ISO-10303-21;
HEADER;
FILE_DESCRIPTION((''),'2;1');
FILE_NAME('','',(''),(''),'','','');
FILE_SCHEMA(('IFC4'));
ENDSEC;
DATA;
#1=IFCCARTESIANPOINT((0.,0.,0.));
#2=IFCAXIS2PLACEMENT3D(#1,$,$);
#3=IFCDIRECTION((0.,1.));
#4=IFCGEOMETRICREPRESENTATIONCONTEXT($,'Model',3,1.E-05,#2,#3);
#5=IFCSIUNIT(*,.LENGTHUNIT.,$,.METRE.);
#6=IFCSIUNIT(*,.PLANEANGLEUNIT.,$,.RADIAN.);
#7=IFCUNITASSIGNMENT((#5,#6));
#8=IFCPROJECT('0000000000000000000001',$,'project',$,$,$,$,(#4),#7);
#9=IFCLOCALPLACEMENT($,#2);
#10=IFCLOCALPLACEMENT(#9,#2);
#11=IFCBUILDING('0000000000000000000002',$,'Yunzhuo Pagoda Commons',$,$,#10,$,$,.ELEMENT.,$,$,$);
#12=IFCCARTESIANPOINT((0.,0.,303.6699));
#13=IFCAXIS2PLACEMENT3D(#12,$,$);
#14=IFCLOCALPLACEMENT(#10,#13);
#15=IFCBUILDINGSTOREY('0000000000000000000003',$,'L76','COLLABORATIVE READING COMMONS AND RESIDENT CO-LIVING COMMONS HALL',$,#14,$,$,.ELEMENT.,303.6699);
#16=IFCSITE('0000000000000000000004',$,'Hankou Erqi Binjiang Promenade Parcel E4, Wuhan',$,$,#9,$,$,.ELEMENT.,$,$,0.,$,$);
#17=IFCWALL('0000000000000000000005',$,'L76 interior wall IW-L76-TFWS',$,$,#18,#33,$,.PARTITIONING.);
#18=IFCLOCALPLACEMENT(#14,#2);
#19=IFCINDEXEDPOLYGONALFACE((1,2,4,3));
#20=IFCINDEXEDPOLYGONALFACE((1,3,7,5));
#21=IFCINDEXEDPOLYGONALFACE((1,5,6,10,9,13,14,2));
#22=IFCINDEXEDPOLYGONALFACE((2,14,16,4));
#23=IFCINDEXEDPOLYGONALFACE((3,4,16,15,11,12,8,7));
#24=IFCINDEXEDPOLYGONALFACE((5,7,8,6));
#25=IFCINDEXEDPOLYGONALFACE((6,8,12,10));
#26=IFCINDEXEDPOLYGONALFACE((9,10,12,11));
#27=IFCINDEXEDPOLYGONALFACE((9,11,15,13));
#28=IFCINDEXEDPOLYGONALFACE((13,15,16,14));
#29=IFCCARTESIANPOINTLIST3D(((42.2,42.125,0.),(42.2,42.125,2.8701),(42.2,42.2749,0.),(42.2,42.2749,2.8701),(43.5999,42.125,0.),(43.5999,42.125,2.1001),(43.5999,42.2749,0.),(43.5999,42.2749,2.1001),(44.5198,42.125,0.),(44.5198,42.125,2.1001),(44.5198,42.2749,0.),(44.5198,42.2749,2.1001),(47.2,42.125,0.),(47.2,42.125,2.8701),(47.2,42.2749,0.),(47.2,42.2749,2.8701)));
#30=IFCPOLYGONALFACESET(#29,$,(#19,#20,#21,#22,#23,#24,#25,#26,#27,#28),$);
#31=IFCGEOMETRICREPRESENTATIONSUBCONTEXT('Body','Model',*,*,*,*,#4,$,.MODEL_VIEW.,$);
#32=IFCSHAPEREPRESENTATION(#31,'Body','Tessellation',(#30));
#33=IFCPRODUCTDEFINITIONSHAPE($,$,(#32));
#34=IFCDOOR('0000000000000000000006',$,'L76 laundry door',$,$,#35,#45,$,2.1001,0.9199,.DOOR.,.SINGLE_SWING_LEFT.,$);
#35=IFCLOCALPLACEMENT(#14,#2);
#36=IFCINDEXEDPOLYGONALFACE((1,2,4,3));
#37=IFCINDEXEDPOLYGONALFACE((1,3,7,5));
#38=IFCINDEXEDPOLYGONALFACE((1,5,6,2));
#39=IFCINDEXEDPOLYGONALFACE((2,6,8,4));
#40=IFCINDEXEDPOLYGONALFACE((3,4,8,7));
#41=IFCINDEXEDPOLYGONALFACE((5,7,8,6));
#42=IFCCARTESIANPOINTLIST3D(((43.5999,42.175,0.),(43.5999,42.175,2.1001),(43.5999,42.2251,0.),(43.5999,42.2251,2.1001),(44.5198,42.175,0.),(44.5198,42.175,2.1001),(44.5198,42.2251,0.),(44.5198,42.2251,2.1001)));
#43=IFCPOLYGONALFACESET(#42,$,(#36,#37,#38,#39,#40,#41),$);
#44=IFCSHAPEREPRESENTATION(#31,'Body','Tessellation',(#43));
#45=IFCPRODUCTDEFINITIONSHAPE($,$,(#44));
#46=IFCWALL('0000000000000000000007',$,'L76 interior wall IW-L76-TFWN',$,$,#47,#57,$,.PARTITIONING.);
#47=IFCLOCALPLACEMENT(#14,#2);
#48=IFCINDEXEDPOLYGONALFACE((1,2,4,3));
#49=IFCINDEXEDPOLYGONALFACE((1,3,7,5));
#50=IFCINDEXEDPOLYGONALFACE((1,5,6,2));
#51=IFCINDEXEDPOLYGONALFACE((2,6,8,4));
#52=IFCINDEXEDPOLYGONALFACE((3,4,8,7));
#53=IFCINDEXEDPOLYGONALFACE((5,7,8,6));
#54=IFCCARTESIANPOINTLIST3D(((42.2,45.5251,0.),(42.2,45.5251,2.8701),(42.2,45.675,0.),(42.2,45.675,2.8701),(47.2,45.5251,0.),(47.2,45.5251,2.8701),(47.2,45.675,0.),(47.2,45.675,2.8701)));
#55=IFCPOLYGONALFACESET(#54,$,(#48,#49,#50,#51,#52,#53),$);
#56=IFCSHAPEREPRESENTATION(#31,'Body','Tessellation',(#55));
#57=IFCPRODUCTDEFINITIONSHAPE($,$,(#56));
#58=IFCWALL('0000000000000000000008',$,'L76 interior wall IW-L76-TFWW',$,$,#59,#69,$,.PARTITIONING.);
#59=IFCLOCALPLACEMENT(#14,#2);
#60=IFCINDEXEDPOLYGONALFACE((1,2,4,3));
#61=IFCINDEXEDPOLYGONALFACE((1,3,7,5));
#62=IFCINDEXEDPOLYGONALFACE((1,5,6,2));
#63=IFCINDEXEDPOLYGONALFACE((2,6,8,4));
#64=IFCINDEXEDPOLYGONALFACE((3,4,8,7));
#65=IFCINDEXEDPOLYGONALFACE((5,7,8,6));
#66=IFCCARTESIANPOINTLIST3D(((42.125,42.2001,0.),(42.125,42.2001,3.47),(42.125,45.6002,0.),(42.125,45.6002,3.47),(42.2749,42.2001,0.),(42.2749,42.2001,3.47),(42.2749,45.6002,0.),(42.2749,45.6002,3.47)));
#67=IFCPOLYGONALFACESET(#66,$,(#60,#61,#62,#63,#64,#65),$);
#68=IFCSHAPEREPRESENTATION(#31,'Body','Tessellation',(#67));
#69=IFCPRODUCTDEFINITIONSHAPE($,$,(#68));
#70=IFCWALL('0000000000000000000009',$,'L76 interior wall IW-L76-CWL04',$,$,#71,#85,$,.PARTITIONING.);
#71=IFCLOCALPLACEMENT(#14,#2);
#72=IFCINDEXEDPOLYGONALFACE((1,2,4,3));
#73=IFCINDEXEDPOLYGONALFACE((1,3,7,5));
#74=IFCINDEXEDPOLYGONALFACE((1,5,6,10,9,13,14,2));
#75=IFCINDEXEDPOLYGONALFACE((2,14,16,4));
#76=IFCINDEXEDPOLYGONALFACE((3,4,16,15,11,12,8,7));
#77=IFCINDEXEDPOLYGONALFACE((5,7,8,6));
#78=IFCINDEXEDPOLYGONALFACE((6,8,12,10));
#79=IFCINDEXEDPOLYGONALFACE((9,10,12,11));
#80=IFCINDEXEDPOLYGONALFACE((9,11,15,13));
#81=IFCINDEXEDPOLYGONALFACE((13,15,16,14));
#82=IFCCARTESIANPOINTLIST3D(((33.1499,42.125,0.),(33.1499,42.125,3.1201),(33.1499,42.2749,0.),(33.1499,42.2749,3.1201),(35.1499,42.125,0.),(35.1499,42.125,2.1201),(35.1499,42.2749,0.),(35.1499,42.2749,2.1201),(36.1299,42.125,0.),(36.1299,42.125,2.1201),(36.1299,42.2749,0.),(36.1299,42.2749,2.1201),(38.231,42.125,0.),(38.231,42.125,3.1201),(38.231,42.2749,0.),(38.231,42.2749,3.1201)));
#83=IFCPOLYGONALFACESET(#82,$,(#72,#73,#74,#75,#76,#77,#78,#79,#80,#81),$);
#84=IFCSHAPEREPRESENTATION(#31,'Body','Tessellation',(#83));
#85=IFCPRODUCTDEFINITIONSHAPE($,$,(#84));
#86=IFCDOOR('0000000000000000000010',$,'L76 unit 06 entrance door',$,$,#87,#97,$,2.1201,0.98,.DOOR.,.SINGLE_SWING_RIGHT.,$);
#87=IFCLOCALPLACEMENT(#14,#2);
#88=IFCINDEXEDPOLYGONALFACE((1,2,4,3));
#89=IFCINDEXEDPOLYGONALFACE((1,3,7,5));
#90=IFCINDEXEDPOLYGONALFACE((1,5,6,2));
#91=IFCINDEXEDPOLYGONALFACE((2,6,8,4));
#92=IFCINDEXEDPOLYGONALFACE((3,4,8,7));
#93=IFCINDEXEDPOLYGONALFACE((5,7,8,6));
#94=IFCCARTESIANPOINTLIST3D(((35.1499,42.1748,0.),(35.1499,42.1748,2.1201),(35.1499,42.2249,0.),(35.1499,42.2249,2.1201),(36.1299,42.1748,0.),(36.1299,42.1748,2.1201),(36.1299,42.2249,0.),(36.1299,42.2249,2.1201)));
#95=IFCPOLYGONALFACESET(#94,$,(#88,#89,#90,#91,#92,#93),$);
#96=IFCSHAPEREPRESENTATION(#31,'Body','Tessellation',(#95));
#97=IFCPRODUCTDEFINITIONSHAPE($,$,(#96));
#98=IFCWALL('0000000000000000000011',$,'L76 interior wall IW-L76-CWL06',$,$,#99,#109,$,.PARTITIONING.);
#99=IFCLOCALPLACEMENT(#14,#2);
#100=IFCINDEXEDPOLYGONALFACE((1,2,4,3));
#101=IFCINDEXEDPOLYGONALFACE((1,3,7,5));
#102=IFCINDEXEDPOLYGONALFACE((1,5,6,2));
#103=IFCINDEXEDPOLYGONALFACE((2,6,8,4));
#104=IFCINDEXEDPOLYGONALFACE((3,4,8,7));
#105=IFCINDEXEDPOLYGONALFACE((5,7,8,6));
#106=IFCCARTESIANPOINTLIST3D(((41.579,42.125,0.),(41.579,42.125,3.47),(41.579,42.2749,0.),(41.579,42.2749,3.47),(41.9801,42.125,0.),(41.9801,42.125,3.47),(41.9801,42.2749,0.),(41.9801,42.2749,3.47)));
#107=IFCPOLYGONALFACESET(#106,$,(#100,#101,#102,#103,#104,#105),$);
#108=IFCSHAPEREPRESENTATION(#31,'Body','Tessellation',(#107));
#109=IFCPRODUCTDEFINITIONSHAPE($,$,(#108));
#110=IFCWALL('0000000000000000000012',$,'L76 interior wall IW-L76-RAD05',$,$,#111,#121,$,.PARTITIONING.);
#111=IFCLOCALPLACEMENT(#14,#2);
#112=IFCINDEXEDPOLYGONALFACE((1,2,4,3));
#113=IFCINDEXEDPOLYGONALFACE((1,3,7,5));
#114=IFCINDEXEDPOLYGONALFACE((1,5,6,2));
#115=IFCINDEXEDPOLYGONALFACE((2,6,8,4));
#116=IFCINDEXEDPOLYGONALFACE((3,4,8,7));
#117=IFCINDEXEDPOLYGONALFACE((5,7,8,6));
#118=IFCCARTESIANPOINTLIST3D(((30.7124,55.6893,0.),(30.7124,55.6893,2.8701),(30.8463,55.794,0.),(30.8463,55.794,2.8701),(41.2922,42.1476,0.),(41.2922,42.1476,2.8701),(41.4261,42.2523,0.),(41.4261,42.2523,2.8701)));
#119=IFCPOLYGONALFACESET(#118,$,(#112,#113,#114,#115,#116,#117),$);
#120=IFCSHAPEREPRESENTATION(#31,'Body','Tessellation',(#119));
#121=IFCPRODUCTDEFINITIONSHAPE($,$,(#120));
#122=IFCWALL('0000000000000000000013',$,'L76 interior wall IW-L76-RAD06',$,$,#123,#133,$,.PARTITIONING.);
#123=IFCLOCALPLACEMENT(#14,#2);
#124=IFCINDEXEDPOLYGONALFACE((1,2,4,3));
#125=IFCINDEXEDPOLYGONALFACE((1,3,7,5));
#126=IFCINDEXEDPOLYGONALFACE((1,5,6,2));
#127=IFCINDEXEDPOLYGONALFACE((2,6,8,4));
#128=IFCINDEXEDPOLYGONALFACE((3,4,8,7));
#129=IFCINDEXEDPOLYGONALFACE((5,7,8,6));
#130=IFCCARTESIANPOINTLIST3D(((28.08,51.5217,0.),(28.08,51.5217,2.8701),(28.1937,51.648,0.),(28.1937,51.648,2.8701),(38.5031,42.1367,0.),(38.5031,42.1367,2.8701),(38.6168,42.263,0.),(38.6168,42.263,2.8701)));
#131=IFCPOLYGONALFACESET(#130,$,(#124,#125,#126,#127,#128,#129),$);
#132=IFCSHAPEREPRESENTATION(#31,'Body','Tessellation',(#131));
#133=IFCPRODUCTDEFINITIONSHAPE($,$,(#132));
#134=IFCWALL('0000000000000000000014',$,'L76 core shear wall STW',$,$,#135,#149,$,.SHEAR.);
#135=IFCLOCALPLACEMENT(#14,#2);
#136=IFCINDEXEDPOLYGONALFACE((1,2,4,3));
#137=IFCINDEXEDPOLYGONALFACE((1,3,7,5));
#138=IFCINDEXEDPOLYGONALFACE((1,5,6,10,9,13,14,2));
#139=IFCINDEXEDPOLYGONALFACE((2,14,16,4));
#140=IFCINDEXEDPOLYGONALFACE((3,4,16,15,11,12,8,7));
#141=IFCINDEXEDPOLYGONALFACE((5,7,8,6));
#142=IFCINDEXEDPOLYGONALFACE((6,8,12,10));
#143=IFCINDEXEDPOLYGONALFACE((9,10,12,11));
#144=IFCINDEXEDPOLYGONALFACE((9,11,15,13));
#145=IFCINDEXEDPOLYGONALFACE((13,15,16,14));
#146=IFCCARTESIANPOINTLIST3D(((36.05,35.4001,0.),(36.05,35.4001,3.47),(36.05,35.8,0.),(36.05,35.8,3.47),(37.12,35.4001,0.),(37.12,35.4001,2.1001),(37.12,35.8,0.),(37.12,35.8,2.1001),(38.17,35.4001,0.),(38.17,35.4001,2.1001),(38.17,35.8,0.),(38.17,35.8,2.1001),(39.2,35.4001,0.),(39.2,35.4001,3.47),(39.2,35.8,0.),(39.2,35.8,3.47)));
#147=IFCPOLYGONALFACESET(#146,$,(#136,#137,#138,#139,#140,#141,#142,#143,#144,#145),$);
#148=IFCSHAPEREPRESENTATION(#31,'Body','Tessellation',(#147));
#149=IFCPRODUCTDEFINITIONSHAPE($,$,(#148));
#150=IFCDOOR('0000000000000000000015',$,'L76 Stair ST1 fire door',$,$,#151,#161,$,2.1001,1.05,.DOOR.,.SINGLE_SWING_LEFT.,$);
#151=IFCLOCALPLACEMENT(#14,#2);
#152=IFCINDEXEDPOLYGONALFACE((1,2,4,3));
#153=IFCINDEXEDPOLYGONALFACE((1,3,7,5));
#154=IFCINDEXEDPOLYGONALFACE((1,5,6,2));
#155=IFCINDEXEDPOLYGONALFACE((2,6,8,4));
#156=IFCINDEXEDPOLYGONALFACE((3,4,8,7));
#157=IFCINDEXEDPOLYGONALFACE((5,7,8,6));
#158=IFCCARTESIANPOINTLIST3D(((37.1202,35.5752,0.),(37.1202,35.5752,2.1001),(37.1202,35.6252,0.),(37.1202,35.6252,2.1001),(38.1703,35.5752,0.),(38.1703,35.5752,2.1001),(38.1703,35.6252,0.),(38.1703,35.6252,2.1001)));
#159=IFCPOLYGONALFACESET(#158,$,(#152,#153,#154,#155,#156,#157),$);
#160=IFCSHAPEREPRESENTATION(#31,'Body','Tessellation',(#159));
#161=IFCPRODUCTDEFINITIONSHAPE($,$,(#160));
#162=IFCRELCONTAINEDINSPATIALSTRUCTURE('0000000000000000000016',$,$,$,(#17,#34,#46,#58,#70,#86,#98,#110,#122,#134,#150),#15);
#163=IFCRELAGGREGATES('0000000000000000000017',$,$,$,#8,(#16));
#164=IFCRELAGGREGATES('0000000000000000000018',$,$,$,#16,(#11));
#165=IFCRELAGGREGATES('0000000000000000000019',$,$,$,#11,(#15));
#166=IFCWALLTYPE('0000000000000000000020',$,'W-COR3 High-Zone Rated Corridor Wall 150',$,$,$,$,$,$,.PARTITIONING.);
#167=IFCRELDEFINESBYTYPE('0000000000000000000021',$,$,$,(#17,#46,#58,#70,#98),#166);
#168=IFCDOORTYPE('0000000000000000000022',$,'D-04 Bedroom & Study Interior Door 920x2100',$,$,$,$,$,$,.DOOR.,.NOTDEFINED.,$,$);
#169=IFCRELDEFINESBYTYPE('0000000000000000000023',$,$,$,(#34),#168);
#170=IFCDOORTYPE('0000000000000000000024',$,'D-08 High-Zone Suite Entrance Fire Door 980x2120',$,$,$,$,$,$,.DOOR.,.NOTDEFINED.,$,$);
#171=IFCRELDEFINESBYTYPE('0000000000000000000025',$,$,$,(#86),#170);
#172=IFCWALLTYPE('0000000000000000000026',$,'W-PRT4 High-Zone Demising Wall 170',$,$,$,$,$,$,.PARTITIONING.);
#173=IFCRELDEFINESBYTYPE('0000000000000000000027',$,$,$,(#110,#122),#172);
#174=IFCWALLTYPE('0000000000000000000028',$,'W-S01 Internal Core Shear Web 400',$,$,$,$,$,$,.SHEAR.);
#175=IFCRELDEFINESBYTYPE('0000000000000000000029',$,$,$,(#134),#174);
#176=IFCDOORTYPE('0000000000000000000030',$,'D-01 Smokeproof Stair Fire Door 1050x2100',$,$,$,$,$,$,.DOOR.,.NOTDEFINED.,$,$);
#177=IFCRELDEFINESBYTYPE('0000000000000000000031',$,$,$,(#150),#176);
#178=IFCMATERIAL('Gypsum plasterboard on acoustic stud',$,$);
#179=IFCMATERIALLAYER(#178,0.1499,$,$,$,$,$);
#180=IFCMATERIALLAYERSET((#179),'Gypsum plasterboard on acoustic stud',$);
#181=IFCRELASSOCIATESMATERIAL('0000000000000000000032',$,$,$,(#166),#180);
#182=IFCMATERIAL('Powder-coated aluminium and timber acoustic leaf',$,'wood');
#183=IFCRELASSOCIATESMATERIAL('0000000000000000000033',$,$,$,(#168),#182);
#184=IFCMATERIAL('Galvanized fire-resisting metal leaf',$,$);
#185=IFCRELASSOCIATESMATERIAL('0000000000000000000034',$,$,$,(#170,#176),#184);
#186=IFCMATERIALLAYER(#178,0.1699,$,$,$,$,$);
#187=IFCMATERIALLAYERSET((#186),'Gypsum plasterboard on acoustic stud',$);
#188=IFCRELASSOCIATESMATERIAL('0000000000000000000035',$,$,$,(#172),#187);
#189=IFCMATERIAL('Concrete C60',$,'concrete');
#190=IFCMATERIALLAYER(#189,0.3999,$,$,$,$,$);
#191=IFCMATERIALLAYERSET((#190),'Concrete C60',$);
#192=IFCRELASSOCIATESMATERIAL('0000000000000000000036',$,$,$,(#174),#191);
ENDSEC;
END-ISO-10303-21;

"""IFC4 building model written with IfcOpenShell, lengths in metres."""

from ifc_helpers import new_model, si_unit, direction, frame, frame_2d, origin, origin_with_axes, place, context, subcontext, project, spatial, rectangle, extrude, source, transform, mapped, material, layer, layer_set, type_object, element, fill, save


model = new_model("IFC4")

# Units and contexts
model_context = context("Model", 3, precision=1e-05, world=origin(), true_north=direction((0.0, 1.0)))
body_context = subcontext(model_context, "Body", "Model", "MODEL_VIEW")
ifc_project = project(units=[si_unit("LENGTHUNIT", "METRE"), si_unit("PLANEANGLEUNIT", "RADIAN")], contexts=[model_context])

# Site, building, storey
site_placement = place(None, origin())
site = spatial("IfcSite", under=ifc_project, at=site_placement, Name="Hankou Erqi Binjiang Promenade Parcel E4, Wuhan", CompositionType="ELEMENT", RefElevation=0.0)
building_placement = place(site_placement, origin())
building = spatial("IfcBuilding", under=site, at=building_placement, Name="Yunzhuo Pagoda Commons", CompositionType="ELEMENT")
storey_placement = place(building_placement, frame((0.0, 0.0, 303.6699)))
storey = spatial("IfcBuildingStorey", under=building, at=storey_placement, Name="L76", Description="COLLABORATIVE READING COMMONS AND RESIDENT CO-LIVING COMMONS HALL", CompositionType="ELEMENT", Elevation=303.6699)

# Wall, opening, door
ifc_material_1 = material(Name="Galvanized fire-resisting metal leaf")
shared_shape_1 = source(origin(), body_context, "Body", "SweptSolid", [
    extrude(rectangle(XDim=1.05, YDim=2.1001, at=frame_2d((0.5249, 1.05))), frame((0.0, 0.0249, 0.0), z_axis=(0.0, -1.0, 0.0), x_axis=(1.0, 0.0, 0.0)), (0.0, 0.0, 1.0), 0.05),
])
ifc_material_2 = material(Name="Gypsum plasterboard on acoustic stud")
ifc_layer_1 = layer(ifc_material_2, 0.1499)
ifc_layer_set_1 = layer_set([ifc_layer_1], Name="Gypsum plasterboard on acoustic stud")
wall_type_1 = type_object("IfcWallType", Name="W-COR3 High-Zone Rated Corridor Wall 150", PredefinedType="PARTITIONING", material=ifc_layer_set_1)
wall_1_placement = place(storey_placement, frame((42.2, 42.2, 0.0), z_axis=(0.0, 0.0, 1.0), x_axis=(1.0, 0.0, 0.0)))
wall_1 = element("IfcWall", 1, at=wall_1_placement, inside=storey, type_object=wall_type_1, Name="L76 interior wall IW-L76-TFWS", PredefinedType="PARTITIONING", context=body_context, shape_type="SweptSolid", body=[
    extrude(rectangle(XDim=5.0, YDim=0.1499, at=frame_2d((2.5, 0.0))), origin(), (0.0, 0.0, 1.0), 2.8701),
])
opening_1_placement = place(wall_1_placement, frame((1.3999, 0.0, 0.0)))
opening_1 = element("IfcOpeningElement", 2, at=opening_1_placement, cuts=wall_1, PredefinedType="OPENING", context=body_context, shape_type="SweptSolid", body=[
    extrude(rectangle(XDim=0.9199, YDim=2.1001, at=frame_2d((0.46, 1.05))), frame((0.0, 0.085, 0.0), z_axis=(0.0, -1.0, 0.0), x_axis=(1.0, 0.0, 0.0)), (0.0, 0.0, 1.0), 0.1699),
])
ifc_material_3 = material(Name="Powder-coated aluminium and timber acoustic leaf", Category="wood")
door_type_1 = type_object("IfcDoorType", Name="D-04 Bedroom & Study Interior Door 920x2100", OperationType="NOTDEFINED", PredefinedType="DOOR", material=ifc_material_3)
shared_shape_2 = source(origin(), body_context, "Body", "SweptSolid", [
    extrude(rectangle(XDim=0.9199, YDim=2.1001, at=frame_2d((0.46, 1.05))), frame((0.0, 0.0249, 0.0), z_axis=(0.0, -1.0, 0.0), x_axis=(1.0, 0.0, 0.0)), (0.0, 0.0, 1.0), 0.05),
])
door_1_placement = place(opening_1_placement, frame((0.9199, 0.0, 0.0), z_axis=(0.0, 0.0, 1.0), x_axis=(-1.0, 0.0, 0.0)))
door_1 = element("IfcDoor", 3, at=door_1_placement, inside=storey, type_object=door_type_1, Name="L76 laundry door", OperationType="SINGLE_SWING_LEFT", OverallHeight=2.1001, OverallWidth=0.9199, PredefinedType="DOOR", context=body_context, shape_type="MappedRepresentation", body=[
    mapped(shared_shape_2, transform((0.0, 0.0, 0.0), scale=1.0)),
])
fill(opening_1, door_1)

# Walls
wall_2_placement = place(storey_placement, frame((42.2, 45.6001, 0.0), z_axis=(0.0, 0.0, 1.0), x_axis=(1.0, 0.0, 0.0)))
element("IfcWall", 4, at=wall_2_placement, inside=storey, type_object=wall_type_1, Name="L76 interior wall IW-L76-TFWN", PredefinedType="PARTITIONING", context=body_context, shape_type="SweptSolid", body=[
    extrude(rectangle(XDim=5.0, YDim=0.1499, at=frame_2d((2.5, 0.0))), origin(), (0.0, 0.0, 1.0), 2.8701),
])
wall_3_placement = place(storey_placement, frame((42.2, 42.2, 0.0), z_axis=(0.0, 0.0, 1.0), x_axis=(0.0, 1.0, 0.0)))
element("IfcWall", 5, at=wall_3_placement, inside=storey, type_object=wall_type_1, Name="L76 interior wall IW-L76-TFWW", PredefinedType="PARTITIONING", context=body_context, shape_type="SweptSolid", body=[
    extrude(rectangle(XDim=3.4001, YDim=0.1499, at=frame_2d((1.7002, 0.0))), origin(), (0.0, 0.0, 1.0), 3.47),
])

# Wall, opening, door
wall_4_placement = place(storey_placement, frame((33.1499, 42.2, 0.0), z_axis=(0.0, 0.0, 1.0), x_axis=(1.0, 0.0, 0.0)))
wall_4 = element("IfcWall", 6, at=wall_4_placement, inside=storey, type_object=wall_type_1, Name="L76 interior wall IW-L76-CWL04", PredefinedType="PARTITIONING", context=body_context, shape_type="SweptSolid", body=[
    extrude(rectangle(XDim=5.0811, YDim=0.1499, at=frame_2d((2.5405, 0.0))), origin(), (0.0, 0.0, 1.0), 3.1201),
])
opening_2_placement = place(wall_4_placement, frame((2.0, 0.0, 0.0)))
opening_2 = element("IfcOpeningElement", 7, at=opening_2_placement, cuts=wall_4, PredefinedType="OPENING", context=body_context, shape_type="SweptSolid", body=[
    extrude(rectangle(XDim=0.98, YDim=2.1201, at=frame_2d((0.49, 1.0601))), frame((0.0, 0.085, 0.0), z_axis=(0.0, -1.0, 0.0), x_axis=(1.0, 0.0, 0.0)), (0.0, 0.0, 1.0), 0.1699),
])
door_type_2 = type_object("IfcDoorType", Name="D-08 High-Zone Suite Entrance Fire Door 980x2120", OperationType="NOTDEFINED", PredefinedType="DOOR", material=ifc_material_1)
shared_shape_3 = source(origin(), body_context, "Body", "SweptSolid", [
    extrude(rectangle(XDim=0.98, YDim=2.1201, at=frame_2d((0.49, 1.0601))), frame((0.0, 0.0249, 0.0), z_axis=(0.0, -1.0, 0.0), x_axis=(1.0, 0.0, 0.0)), (0.0, 0.0, 1.0), 0.05),
])
door_2_placement = place(opening_2_placement, origin_with_axes())
door_2 = element("IfcDoor", 8, at=door_2_placement, inside=storey, type_object=door_type_2, Name="L76 unit 06 entrance door", OperationType="SINGLE_SWING_RIGHT", OverallHeight=2.1201, OverallWidth=0.98, PredefinedType="DOOR", context=body_context, shape_type="MappedRepresentation", body=[
    mapped(shared_shape_3, transform((0.0, 0.0, 0.0), scale=1.0)),
])
fill(opening_2, door_2)

# Walls
wall_5_placement = place(storey_placement, frame((41.5789, 42.2, 0.0), z_axis=(0.0, 0.0, 1.0), x_axis=(1.0, 0.0, 0.0)))
element("IfcWall", 9, at=wall_5_placement, inside=storey, type_object=wall_type_1, Name="L76 interior wall IW-L76-CWL06", PredefinedType="PARTITIONING", context=body_context, shape_type="SweptSolid", body=[
    extrude(rectangle(XDim=0.4011, YDim=0.1499, at=frame_2d((0.2007, 0.0))), origin(), (0.0, 0.0, 1.0), 3.47),
])
ifc_layer_2 = layer(ifc_material_2, 0.1699)
ifc_layer_set_2 = layer_set([ifc_layer_2], Name="Gypsum plasterboard on acoustic stud")
wall_type_2 = type_object("IfcWallType", Name="W-PRT4 High-Zone Demising Wall 170", PredefinedType="PARTITIONING", material=ifc_layer_set_2)
wall_6_placement = place(storey_placement, frame((41.3591, 42.2, 0.0), z_axis=(0.0, 0.0, 1.0), x_axis=(-0.615656, 0.788015, 0.0)))
element("IfcWall", 10, at=wall_6_placement, inside=storey, type_object=wall_type_2, Name="L76 interior wall IW-L76-RAD05", PredefinedType="PARTITIONING", context=body_context, shape_type="SweptSolid", body=[
    extrude(rectangle(XDim=17.1846, YDim=0.1699, at=frame_2d((8.5923, 0.0))), origin(), (0.0, 0.0, 1.0), 2.8701),
])
wall_7_placement = place(storey_placement, frame((38.5598, 42.2, 0.0), z_axis=(0.0, 0.0, 1.0), x_axis=(-0.743144, 0.669131, 0.0)))
element("IfcWall", 11, at=wall_7_placement, inside=storey, type_object=wall_type_2, Name="L76 interior wall IW-L76-RAD06", PredefinedType="PARTITIONING", context=body_context, shape_type="SweptSolid", body=[
    extrude(rectangle(XDim=14.0256, YDim=0.1699, at=frame_2d((7.0127, 0.0))), origin(), (0.0, 0.0, 1.0), 2.8701),
])

# Wall, opening, door
ifc_material_4 = material(Name="Concrete C60", Category="concrete")
ifc_layer_3 = layer(ifc_material_4, 0.3999)
ifc_layer_set_3 = layer_set([ifc_layer_3], Name="Concrete C60")
wall_type_3 = type_object("IfcWallType", Name="W-S01 Internal Core Shear Web 400", PredefinedType="SHEAR", material=ifc_layer_set_3)
wall_8_placement = place(storey_placement, frame((36.05, 35.6001, 0.0), z_axis=(0.0, 0.0, 1.0), x_axis=(1.0, 0.0, 0.0)))
wall_8 = element("IfcWall", 12, at=wall_8_placement, inside=storey, type_object=wall_type_3, Name="L76 core shear wall STW", PredefinedType="SHEAR", context=body_context, shape_type="SweptSolid", body=[
    extrude(rectangle(XDim=3.1499, YDim=0.3999, at=frame_2d((1.575, 0.0))), origin(), (0.0, 0.0, 1.0), 3.47),
])
opening_3_placement = place(wall_8_placement, frame((1.0701, 0.0, 0.0)))
opening_3 = element("IfcOpeningElement", 13, at=opening_3_placement, cuts=wall_8, PredefinedType="OPENING", context=body_context, shape_type="SweptSolid", body=[
    extrude(rectangle(XDim=1.05, YDim=2.1001, at=frame_2d((0.5249, 1.05))), frame((0.0, 0.21, 0.0), z_axis=(0.0, -1.0, 0.0), x_axis=(1.0, 0.0, 0.0)), (0.0, 0.0, 1.0), 0.4199),
])
door_type_3 = type_object("IfcDoorType", Name="D-01 Smokeproof Stair Fire Door 1050x2100", OperationType="NOTDEFINED", PredefinedType="DOOR", material=ifc_material_1)
door_3_placement = place(opening_3_placement, frame((1.05, 0.0, 0.0), z_axis=(0.0, 0.0, 1.0), x_axis=(-1.0, 0.0, 0.0)))
door_3 = element("IfcDoor", 14, at=door_3_placement, inside=storey, type_object=door_type_3, Name="L76 Stair ST1 fire door", OperationType="SINGLE_SWING_LEFT", OverallHeight=2.1001, OverallWidth=1.05, PredefinedType="DOOR", context=body_context, shape_type="MappedRepresentation", body=[
    mapped(shared_shape_1, transform((0.0, 0.0, 0.0), scale=1.0)),
])
fill(opening_3, door_3)

save(model, "model.ifc")
